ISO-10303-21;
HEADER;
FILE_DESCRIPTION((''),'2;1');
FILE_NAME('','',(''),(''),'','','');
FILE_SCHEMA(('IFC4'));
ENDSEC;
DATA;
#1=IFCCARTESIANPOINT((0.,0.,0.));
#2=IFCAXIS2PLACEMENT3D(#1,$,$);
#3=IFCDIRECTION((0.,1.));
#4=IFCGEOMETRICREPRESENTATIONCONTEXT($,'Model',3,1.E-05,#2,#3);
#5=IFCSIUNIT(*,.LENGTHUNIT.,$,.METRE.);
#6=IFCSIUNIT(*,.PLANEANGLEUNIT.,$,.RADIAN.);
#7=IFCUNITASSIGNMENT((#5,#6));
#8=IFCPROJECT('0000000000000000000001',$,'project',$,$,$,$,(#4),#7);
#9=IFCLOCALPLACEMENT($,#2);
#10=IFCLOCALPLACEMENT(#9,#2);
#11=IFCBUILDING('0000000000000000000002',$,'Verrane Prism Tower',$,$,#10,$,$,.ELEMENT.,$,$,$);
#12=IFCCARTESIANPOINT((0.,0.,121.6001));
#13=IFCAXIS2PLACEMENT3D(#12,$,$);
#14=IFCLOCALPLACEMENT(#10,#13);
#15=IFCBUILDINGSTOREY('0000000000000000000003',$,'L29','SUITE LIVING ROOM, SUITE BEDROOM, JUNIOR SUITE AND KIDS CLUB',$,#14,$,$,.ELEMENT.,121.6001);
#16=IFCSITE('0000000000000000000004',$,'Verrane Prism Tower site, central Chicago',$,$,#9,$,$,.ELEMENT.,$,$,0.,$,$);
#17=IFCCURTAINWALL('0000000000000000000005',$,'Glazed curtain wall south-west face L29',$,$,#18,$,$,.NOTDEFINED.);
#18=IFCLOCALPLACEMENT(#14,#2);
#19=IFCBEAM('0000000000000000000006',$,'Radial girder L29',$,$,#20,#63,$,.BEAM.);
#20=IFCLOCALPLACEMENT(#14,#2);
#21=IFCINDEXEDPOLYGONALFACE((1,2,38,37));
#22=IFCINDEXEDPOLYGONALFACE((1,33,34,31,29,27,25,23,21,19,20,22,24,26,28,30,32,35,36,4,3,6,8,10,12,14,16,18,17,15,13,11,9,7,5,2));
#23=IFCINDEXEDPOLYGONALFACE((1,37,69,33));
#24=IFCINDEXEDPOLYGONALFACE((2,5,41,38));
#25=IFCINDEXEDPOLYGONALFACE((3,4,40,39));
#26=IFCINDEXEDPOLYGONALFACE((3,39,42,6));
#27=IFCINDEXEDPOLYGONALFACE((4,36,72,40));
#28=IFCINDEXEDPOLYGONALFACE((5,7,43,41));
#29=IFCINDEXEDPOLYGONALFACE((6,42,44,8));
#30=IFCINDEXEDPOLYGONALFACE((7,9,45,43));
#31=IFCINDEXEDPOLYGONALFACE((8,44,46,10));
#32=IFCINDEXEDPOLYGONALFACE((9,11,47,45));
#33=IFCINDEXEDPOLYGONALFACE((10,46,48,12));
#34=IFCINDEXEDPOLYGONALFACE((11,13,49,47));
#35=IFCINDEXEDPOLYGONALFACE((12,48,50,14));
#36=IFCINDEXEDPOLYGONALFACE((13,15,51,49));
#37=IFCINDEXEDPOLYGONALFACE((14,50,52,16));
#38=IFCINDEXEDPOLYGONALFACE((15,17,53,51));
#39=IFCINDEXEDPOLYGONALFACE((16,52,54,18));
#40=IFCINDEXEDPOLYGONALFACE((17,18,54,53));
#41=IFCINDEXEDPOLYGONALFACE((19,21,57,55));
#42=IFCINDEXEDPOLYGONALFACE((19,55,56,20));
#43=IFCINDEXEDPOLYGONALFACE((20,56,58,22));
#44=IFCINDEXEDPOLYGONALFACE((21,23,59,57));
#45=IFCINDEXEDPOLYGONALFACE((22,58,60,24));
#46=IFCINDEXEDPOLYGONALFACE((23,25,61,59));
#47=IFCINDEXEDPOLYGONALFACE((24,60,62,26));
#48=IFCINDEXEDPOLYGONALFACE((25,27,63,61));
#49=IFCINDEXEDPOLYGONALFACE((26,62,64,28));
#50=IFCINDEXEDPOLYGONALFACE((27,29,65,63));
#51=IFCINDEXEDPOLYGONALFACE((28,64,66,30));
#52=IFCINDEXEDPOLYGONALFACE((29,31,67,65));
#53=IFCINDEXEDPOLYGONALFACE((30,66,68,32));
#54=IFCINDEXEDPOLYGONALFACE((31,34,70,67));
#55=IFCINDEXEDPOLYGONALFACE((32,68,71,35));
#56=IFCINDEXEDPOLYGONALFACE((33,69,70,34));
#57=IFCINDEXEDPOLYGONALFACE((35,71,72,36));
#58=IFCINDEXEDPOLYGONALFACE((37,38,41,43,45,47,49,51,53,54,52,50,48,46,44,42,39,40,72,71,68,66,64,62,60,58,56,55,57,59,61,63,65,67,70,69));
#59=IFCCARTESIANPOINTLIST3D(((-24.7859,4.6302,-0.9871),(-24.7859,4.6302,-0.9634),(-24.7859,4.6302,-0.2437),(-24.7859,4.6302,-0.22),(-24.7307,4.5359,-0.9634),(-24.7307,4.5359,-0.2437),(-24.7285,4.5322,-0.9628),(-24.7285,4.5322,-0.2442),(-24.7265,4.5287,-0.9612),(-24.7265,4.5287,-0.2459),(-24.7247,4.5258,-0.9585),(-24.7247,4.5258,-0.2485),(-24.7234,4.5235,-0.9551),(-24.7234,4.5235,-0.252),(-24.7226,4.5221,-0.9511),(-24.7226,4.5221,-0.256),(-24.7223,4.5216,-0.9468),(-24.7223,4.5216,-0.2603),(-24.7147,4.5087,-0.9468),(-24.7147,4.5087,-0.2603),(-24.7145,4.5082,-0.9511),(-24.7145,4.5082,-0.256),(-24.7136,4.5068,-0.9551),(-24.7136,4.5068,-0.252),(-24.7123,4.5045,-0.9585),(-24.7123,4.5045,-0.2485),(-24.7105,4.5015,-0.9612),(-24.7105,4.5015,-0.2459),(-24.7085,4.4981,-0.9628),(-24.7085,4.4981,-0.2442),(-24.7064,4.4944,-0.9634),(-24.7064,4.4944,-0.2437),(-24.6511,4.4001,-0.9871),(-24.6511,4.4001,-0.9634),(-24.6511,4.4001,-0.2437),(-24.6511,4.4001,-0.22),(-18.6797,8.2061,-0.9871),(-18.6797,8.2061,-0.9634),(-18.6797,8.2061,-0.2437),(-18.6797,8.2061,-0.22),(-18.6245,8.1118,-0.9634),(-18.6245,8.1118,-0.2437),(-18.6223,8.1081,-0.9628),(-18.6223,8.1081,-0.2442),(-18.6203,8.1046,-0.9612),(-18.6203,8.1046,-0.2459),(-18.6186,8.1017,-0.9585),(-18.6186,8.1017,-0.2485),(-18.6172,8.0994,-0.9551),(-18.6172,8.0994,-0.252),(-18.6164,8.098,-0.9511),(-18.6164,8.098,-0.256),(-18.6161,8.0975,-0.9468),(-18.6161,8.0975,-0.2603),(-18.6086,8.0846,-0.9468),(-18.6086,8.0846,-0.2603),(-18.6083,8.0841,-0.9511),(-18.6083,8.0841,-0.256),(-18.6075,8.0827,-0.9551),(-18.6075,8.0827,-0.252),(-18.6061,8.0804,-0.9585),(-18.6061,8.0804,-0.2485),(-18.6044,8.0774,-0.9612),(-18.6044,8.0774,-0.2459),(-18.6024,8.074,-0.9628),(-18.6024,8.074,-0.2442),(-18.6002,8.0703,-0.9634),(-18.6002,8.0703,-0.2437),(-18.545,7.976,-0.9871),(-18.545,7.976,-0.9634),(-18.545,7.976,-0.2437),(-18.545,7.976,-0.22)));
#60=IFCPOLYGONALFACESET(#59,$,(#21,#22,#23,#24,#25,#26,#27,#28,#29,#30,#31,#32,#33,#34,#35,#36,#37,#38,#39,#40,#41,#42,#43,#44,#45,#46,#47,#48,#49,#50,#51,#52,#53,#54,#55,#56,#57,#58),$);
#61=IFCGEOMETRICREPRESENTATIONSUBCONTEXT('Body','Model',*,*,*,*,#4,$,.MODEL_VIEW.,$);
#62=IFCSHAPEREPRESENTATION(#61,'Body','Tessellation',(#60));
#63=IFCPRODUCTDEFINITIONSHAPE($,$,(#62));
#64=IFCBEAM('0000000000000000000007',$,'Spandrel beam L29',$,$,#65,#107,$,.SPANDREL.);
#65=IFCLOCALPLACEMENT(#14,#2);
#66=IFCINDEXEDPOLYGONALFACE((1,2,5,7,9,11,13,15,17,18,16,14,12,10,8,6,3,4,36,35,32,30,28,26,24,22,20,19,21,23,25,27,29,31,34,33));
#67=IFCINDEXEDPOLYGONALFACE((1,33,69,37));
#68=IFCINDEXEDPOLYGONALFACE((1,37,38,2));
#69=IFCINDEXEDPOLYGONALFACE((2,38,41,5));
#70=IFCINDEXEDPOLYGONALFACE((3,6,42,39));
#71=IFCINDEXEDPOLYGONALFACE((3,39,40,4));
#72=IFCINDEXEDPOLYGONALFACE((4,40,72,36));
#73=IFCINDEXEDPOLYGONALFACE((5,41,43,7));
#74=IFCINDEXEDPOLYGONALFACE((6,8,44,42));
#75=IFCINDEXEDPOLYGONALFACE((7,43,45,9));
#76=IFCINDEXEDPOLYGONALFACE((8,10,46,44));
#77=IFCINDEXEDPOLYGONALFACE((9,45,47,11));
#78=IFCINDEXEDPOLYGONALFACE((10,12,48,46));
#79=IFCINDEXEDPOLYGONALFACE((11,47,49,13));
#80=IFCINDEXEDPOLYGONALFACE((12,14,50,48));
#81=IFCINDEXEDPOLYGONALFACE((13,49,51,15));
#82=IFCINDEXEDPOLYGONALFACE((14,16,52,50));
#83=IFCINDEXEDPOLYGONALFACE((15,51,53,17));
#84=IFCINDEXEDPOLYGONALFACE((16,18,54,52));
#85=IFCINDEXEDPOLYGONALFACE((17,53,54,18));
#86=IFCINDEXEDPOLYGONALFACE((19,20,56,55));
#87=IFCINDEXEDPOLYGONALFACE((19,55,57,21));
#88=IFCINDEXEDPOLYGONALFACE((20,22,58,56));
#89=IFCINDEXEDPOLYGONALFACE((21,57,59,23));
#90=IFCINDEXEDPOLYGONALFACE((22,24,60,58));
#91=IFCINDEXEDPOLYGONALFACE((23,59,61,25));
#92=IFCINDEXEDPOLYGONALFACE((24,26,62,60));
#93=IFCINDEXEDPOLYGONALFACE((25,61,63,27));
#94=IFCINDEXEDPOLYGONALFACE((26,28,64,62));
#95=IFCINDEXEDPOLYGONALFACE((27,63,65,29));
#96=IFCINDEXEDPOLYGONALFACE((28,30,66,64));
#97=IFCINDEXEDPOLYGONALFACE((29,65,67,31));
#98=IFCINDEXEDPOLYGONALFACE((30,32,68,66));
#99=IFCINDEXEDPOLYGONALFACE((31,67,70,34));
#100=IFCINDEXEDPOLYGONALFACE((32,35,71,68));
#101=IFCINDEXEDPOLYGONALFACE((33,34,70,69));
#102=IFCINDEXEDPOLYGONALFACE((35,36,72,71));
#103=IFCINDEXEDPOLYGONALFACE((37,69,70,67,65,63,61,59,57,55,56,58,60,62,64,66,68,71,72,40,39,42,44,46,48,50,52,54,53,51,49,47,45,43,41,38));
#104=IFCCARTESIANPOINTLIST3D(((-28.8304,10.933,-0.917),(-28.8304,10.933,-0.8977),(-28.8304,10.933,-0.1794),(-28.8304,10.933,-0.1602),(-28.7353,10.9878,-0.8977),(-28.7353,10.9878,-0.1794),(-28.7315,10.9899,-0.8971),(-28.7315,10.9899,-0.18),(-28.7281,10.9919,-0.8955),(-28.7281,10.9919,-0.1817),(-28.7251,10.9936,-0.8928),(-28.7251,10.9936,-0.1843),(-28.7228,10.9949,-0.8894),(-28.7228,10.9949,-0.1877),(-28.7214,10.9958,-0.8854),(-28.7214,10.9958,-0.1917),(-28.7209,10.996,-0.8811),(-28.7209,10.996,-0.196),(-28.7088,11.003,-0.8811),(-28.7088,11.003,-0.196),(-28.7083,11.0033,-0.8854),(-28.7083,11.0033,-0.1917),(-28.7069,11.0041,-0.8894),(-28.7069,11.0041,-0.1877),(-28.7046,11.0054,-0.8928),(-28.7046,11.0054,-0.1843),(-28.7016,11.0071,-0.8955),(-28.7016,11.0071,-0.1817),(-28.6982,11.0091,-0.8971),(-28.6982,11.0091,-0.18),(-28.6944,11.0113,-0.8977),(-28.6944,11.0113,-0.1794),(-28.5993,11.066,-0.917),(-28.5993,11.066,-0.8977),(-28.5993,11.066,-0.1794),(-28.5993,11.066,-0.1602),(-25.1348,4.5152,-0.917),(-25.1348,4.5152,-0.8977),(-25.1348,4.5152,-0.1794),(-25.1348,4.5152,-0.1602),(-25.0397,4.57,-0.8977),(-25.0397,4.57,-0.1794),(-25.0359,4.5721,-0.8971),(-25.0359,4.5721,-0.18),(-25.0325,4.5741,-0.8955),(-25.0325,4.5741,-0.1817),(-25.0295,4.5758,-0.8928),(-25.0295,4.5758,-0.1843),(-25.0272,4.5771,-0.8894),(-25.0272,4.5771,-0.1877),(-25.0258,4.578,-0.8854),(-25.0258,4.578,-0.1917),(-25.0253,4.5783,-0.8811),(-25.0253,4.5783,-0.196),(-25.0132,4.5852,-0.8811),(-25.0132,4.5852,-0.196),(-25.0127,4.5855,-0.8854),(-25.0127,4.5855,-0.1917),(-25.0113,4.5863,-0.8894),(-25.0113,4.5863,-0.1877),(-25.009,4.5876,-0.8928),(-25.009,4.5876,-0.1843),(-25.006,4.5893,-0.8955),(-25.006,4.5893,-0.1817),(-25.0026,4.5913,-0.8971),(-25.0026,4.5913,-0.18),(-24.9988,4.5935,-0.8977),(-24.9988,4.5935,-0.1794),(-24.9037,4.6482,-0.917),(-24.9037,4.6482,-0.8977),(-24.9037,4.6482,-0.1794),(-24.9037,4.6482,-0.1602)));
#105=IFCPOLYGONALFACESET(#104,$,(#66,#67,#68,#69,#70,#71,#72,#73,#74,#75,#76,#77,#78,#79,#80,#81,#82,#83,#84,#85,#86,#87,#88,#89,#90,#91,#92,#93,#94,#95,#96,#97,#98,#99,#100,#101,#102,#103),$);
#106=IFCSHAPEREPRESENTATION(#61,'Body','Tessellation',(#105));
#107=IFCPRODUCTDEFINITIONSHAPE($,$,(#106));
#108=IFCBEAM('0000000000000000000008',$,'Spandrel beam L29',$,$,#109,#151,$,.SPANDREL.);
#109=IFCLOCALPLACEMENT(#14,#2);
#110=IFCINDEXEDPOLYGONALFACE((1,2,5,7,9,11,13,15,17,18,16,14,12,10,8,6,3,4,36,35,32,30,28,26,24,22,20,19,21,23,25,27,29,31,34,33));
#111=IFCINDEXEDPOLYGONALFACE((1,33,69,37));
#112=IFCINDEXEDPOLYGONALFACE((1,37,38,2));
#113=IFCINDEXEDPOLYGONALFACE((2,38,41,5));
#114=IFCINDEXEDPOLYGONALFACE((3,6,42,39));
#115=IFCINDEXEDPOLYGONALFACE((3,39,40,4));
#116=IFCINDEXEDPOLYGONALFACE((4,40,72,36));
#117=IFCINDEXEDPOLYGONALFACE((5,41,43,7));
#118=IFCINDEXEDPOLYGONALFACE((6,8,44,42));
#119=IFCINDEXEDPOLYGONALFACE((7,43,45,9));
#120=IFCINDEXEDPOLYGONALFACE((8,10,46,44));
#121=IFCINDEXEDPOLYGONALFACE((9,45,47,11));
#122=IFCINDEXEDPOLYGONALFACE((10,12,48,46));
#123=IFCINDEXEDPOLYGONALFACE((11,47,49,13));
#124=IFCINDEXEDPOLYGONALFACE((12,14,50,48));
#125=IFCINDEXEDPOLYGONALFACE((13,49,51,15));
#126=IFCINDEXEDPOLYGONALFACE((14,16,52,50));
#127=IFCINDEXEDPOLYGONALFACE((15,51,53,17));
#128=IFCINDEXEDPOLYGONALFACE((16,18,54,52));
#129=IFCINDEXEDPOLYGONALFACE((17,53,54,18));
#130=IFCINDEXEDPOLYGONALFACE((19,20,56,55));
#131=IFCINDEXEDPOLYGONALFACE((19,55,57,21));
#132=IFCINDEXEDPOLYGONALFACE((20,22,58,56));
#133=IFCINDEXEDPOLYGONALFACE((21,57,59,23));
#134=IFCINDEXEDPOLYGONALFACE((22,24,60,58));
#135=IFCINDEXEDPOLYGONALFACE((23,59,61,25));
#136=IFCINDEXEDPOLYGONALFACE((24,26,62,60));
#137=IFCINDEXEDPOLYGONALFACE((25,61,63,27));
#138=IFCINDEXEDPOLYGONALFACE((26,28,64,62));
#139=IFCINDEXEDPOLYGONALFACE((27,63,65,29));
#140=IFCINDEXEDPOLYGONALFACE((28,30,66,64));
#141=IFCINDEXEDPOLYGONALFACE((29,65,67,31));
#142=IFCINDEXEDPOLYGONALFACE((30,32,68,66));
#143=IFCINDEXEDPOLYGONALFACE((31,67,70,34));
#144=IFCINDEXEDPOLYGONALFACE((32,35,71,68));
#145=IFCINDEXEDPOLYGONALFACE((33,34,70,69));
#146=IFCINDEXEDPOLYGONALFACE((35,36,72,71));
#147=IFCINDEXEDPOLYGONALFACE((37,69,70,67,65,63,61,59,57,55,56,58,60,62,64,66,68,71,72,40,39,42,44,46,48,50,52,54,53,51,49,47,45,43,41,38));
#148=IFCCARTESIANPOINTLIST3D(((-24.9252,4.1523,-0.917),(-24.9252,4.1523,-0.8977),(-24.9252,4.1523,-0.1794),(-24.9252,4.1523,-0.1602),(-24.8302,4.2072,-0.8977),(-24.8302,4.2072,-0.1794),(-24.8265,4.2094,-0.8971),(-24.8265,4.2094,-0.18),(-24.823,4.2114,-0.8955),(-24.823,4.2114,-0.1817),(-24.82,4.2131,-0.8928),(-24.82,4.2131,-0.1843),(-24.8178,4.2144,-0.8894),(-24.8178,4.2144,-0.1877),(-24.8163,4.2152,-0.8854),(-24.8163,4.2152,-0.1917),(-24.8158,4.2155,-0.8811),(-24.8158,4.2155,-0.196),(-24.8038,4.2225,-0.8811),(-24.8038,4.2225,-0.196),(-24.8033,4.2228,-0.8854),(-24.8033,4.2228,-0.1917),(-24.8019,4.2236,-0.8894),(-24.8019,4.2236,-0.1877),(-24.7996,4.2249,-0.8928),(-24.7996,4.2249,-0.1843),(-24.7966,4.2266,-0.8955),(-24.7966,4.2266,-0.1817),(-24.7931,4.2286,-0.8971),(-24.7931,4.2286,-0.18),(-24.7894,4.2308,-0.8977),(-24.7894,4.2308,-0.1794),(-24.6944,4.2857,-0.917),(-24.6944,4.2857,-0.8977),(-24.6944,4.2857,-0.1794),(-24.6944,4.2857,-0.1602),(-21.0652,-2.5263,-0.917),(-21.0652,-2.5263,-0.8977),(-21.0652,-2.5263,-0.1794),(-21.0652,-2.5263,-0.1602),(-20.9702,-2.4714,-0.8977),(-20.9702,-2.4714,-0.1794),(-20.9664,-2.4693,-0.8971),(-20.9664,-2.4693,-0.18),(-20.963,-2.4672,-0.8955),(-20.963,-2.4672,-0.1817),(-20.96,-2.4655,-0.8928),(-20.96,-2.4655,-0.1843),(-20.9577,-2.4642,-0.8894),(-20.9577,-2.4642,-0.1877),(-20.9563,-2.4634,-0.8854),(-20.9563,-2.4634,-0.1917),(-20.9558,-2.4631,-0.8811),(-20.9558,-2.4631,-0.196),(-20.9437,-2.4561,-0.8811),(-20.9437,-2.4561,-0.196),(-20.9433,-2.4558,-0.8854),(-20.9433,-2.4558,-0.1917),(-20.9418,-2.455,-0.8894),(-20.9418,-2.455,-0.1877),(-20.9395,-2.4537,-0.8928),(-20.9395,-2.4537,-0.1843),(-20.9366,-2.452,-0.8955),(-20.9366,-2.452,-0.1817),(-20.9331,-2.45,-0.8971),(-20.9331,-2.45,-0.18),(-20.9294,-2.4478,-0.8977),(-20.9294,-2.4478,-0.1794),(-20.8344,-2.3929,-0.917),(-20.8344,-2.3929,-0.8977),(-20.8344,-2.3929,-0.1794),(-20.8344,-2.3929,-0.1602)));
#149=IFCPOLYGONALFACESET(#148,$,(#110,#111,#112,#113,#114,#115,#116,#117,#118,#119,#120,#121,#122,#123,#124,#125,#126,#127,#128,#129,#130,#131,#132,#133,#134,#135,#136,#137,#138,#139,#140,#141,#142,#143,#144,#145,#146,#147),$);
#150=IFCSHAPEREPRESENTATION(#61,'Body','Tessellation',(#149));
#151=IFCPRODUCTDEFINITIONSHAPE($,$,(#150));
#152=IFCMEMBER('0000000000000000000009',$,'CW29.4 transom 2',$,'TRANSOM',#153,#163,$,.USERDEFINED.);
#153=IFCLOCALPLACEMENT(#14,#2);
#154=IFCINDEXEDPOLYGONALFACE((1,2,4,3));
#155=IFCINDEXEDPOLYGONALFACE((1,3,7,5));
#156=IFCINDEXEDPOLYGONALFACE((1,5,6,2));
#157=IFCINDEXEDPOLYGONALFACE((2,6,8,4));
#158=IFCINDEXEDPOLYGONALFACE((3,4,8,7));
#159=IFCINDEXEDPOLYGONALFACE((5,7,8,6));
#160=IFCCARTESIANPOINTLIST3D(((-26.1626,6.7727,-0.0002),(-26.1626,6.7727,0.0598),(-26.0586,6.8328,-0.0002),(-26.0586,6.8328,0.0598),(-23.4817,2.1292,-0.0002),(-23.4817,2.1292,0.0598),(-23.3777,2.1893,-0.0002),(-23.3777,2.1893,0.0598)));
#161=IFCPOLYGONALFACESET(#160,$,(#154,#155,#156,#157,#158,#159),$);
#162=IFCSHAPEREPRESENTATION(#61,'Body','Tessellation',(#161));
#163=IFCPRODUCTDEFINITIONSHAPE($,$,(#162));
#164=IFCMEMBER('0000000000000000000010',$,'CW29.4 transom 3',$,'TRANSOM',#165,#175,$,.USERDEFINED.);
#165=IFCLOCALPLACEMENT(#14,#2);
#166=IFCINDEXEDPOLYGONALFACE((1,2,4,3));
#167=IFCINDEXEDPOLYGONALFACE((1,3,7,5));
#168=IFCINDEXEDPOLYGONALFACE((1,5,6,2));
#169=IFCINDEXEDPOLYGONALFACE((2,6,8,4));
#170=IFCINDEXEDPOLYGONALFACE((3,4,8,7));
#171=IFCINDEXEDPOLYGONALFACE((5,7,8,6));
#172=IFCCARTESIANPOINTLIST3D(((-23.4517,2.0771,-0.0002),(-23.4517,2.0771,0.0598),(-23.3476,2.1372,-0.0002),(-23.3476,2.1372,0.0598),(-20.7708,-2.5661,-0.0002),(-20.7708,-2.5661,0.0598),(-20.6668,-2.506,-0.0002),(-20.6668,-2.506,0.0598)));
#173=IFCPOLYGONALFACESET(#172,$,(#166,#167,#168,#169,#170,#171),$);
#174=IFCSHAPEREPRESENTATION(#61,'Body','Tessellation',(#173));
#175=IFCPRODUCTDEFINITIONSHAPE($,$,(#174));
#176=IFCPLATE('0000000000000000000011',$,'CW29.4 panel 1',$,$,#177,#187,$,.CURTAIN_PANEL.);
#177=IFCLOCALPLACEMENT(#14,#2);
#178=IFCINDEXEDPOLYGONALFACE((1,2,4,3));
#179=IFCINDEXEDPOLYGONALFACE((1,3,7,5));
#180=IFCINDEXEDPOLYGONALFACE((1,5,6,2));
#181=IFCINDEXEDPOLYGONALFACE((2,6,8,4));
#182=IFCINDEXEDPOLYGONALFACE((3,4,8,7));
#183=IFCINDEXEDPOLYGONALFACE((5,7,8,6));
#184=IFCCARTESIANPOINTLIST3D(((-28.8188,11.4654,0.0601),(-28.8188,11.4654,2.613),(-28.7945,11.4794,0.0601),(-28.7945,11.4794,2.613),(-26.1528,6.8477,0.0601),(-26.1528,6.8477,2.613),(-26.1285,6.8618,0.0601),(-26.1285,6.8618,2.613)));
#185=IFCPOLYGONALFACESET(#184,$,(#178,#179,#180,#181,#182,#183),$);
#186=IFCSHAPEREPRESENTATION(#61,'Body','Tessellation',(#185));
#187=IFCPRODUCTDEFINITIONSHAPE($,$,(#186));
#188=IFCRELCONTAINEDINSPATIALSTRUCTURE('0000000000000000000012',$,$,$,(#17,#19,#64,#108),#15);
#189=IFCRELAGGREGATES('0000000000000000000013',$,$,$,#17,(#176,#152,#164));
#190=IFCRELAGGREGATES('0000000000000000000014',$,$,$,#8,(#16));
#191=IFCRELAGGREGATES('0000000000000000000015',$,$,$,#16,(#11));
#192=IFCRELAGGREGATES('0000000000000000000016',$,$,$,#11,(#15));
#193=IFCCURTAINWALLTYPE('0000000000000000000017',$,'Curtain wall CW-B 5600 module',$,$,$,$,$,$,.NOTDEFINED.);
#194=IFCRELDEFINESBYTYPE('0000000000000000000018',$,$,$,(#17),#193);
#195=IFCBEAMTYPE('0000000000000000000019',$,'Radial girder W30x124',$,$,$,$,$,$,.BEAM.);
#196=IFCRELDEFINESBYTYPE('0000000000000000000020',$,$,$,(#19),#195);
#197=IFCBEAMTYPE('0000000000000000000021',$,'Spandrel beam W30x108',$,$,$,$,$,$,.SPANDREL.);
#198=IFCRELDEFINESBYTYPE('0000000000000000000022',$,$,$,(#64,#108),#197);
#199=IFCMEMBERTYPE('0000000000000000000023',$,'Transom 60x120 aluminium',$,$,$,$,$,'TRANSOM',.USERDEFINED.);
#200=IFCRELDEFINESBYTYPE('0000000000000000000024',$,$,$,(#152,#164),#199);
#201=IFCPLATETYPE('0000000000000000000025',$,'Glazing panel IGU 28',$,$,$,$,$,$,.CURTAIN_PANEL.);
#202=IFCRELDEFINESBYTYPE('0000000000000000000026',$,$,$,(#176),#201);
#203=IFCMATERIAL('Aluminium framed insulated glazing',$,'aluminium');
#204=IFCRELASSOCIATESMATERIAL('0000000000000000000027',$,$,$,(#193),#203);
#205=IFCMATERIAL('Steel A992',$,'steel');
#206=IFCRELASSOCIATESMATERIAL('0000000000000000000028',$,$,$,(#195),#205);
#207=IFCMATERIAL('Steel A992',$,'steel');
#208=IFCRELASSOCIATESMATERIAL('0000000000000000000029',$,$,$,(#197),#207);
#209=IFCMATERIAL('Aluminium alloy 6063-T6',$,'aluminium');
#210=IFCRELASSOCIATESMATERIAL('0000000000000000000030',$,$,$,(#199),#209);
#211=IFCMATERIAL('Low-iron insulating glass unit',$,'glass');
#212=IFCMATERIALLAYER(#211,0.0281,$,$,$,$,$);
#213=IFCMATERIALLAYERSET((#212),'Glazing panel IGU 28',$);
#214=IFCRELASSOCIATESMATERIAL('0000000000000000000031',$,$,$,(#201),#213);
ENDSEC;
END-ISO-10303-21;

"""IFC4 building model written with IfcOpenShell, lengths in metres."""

from ifc_helpers import new_model, si_unit, direction, frame, origin, origin_2d, place, context, subcontext, project, spatial, rectangle, i_section, extrude, material, layer, layer_set, material_profile, profile_set, type_object, element, aggregate, save


model = new_model("IFC4")

# Units and contexts
model_context = context("Model", 3, precision=1e-05, world=origin(), true_north=direction((0.0, 1.0)))
body_context = subcontext(model_context, "Body", "Model", "MODEL_VIEW")
ifc_project = project(units=[si_unit("LENGTHUNIT", "METRE"), si_unit("PLANEANGLEUNIT", "RADIAN")], contexts=[model_context])

# Site, building, storey
site_placement = place(None, origin())
site = spatial("IfcSite", under=ifc_project, at=site_placement, Name="Verrane Prism Tower site, central Chicago", CompositionType="ELEMENT", RefElevation=0.0)
building_placement = place(site_placement, origin())
building = spatial("IfcBuilding", under=site, at=building_placement, Name="Verrane Prism Tower", CompositionType="ELEMENT")
storey_placement = place(building_placement, frame((0.0, 0.0, 121.6001)))
storey = spatial("IfcBuildingStorey", under=building, at=storey_placement, Name="L29", Description="SUITE LIVING ROOM, SUITE BEDROOM, JUNIOR SUITE AND KIDS CLUB", CompositionType="ELEMENT", Elevation=121.6001)

# Curtain wall
ifc_material_1 = material(Name="Aluminium framed insulated glazing", Category="aluminium")
curtain_wall_type = type_object("IfcCurtainWallType", Name="Curtain wall CW-B 5600 module", PredefinedType="NOTDEFINED", material=ifc_material_1)
curtain_wall_placement = place(storey_placement, origin())
curtain_wall = element("IfcCurtainWall", 1, at=curtain_wall_placement, inside=storey, type_object=curtain_wall_type, Name="Glazed curtain wall south-west face L29", PredefinedType="NOTDEFINED")

# Beams
ifc_material_2 = material(Name="Steel A992", Category="steel")
ifc_material_profile_1 = material_profile(ifc_material_2, i_section(OverallWidth=0.2666, OverallDepth=0.7671, WebThickness=0.0149, FlangeThickness=0.0237, FilletRadius=0.0166, at=origin_2d()), Name="W30x124")
ifc_profile_set_1 = profile_set([ifc_material_profile_1], Name="Steel A992")
beam_type_1 = type_object("IfcBeamType", Name="Radial girder W30x124", PredefinedType="BEAM", material=ifc_profile_set_1)
beam_1_placement = place(storey_placement, frame((-24.7185, 4.5151, -0.6035), z_axis=(0.862918, 0.505344, 0.0), x_axis=(-0.505344, 0.862918, 0.0)))
element("IfcBeam", 2, at=beam_1_placement, inside=storey, type_object=beam_type_1, Name="Radial girder L29", PredefinedType="BEAM", context=body_context, shape_type="SweptSolid", body=[
    extrude(i_section(OverallWidth=0.2666, OverallDepth=0.7671, WebThickness=0.0149, FlangeThickness=0.0237, FilletRadius=0.0166, at=origin_2d()), origin(), (0.0, 0.0, 1.0), 7.0762),
])
ifc_material_3 = material(Name="Steel A992", Category="steel")
ifc_material_profile_2 = material_profile(ifc_material_3, i_section(OverallWidth=0.2666, OverallDepth=0.7568, WebThickness=0.0139, FlangeThickness=0.0193, FilletRadius=0.0166, at=origin_2d()), Name="W30x108")
ifc_profile_set_2 = profile_set([ifc_material_profile_2], Name="Steel A992")
beam_type_2 = type_object("IfcBeamType", Name="Spandrel beam W30x108", PredefinedType="SPANDREL", material=ifc_profile_set_2)
beam_2_placement = place(storey_placement, frame((-28.7148, 10.9995, -0.5386), z_axis=(0.499015, -0.866593, 0.0), x_axis=(0.866593, 0.499015, 0.0)))
element("IfcBeam", 3, at=beam_2_placement, inside=storey, type_object=beam_type_2, Name="Spandrel beam L29", PredefinedType="SPANDREL", context=body_context, shape_type="SweptSolid", body=[
    extrude(i_section(OverallWidth=0.2666, OverallDepth=0.7568, WebThickness=0.0139, FlangeThickness=0.0193, FilletRadius=0.0166, at=origin_2d()), origin(), (0.0, 0.0, 1.0), 7.4058),
])
beam_3_placement = place(storey_placement, frame((-24.8098, 4.219, -0.5386), z_axis=(0.500404, -0.865792, 0.0), x_axis=(0.865792, 0.500404, 0.0)))
element("IfcBeam", 4, at=beam_3_placement, inside=storey, type_object=beam_type_2, Name="Spandrel beam L29", PredefinedType="SPANDREL", context=body_context, shape_type="SweptSolid", body=[
    extrude(i_section(OverallWidth=0.2666, OverallDepth=0.7568, WebThickness=0.0139, FlangeThickness=0.0193, FilletRadius=0.0166, at=origin_2d()), origin(), (0.0, 0.0, 1.0), 7.7139),
])

# Members
ifc_material_4 = material(Name="Aluminium alloy 6063-T6", Category="aluminium")
ifc_material_profile_3 = material_profile(ifc_material_4, rectangle(XDim=0.1201, YDim=0.0601, at=origin_2d()), Name="Transom 60x120 aluminium")
ifc_profile_set_3 = profile_set([ifc_material_profile_3], Name="Aluminium alloy 6063-T6")
member_type_1 = type_object("IfcMemberType", Name="Transom 60x120 aluminium", ElementType="TRANSOM", PredefinedType="USERDEFINED", material=ifc_profile_set_3)
member_1_placement = place(storey_placement, frame((-26.1106, 6.8027, 0.0298), z_axis=(0.499993, -0.866029, 0.0), x_axis=(0.866029, 0.499993, 0.0)))
member_1 = element("IfcMember", 5, at=member_1_placement, type_object=member_type_1, Name="CW29.4 transom 2", ObjectType="TRANSOM", PredefinedType="USERDEFINED", context=body_context, shape_type="SweptSolid", body=[
    extrude(rectangle(XDim=0.1201, YDim=0.0601, at=origin_2d()), origin(), (0.0, 0.0, 1.0), 5.3618),
])
member_2_placement = place(storey_placement, frame((-23.3997, 2.1072, 0.0298), z_axis=(0.500013, -0.866018, 0.0), x_axis=(0.866018, 0.500013, 0.0)))
member_2 = element("IfcMember", 6, at=member_2_placement, type_object=member_type_1, Name="CW29.4 transom 3", ObjectType="TRANSOM", PredefinedType="USERDEFINED", context=body_context, shape_type="SweptSolid", body=[
    extrude(rectangle(XDim=0.1201, YDim=0.0601, at=origin_2d()), origin(), (0.0, 0.0, 1.0), 5.3616),
])

# Plate
ifc_material_5 = material(Name="Low-iron insulating glass unit", Category="glass")
ifc_layer_1 = layer(ifc_material_5, 0.0281)
ifc_layer_set_1 = layer_set([ifc_layer_1], Name="Glazing panel IGU 28")
plate_type = type_object("IfcPlateType", Name="Glazing panel IGU 28", PredefinedType="CURTAIN_PANEL", material=ifc_layer_set_1)
plate_1_placement = place(storey_placement, frame((-27.4736, 9.1636, 0.0601), z_axis=(0.0, 0.0, 1.0), x_axis=(0.5, -0.866025, 0.0)))
plate_1 = element("IfcPlate", 7, at=plate_1_placement, type_object=plate_type, Name="CW29.4 panel 1", PredefinedType="CURTAIN_PANEL", context=body_context, shape_type="SweptSolid", body=[
    extrude(rectangle(XDim=5.332, YDim=0.0281, at=origin_2d()), origin(), (0.0, 0.0, 1.0), 2.553),
])
aggregate(curtain_wall, [plate_1, member_1, member_2])

save(model, "model.ifc")
